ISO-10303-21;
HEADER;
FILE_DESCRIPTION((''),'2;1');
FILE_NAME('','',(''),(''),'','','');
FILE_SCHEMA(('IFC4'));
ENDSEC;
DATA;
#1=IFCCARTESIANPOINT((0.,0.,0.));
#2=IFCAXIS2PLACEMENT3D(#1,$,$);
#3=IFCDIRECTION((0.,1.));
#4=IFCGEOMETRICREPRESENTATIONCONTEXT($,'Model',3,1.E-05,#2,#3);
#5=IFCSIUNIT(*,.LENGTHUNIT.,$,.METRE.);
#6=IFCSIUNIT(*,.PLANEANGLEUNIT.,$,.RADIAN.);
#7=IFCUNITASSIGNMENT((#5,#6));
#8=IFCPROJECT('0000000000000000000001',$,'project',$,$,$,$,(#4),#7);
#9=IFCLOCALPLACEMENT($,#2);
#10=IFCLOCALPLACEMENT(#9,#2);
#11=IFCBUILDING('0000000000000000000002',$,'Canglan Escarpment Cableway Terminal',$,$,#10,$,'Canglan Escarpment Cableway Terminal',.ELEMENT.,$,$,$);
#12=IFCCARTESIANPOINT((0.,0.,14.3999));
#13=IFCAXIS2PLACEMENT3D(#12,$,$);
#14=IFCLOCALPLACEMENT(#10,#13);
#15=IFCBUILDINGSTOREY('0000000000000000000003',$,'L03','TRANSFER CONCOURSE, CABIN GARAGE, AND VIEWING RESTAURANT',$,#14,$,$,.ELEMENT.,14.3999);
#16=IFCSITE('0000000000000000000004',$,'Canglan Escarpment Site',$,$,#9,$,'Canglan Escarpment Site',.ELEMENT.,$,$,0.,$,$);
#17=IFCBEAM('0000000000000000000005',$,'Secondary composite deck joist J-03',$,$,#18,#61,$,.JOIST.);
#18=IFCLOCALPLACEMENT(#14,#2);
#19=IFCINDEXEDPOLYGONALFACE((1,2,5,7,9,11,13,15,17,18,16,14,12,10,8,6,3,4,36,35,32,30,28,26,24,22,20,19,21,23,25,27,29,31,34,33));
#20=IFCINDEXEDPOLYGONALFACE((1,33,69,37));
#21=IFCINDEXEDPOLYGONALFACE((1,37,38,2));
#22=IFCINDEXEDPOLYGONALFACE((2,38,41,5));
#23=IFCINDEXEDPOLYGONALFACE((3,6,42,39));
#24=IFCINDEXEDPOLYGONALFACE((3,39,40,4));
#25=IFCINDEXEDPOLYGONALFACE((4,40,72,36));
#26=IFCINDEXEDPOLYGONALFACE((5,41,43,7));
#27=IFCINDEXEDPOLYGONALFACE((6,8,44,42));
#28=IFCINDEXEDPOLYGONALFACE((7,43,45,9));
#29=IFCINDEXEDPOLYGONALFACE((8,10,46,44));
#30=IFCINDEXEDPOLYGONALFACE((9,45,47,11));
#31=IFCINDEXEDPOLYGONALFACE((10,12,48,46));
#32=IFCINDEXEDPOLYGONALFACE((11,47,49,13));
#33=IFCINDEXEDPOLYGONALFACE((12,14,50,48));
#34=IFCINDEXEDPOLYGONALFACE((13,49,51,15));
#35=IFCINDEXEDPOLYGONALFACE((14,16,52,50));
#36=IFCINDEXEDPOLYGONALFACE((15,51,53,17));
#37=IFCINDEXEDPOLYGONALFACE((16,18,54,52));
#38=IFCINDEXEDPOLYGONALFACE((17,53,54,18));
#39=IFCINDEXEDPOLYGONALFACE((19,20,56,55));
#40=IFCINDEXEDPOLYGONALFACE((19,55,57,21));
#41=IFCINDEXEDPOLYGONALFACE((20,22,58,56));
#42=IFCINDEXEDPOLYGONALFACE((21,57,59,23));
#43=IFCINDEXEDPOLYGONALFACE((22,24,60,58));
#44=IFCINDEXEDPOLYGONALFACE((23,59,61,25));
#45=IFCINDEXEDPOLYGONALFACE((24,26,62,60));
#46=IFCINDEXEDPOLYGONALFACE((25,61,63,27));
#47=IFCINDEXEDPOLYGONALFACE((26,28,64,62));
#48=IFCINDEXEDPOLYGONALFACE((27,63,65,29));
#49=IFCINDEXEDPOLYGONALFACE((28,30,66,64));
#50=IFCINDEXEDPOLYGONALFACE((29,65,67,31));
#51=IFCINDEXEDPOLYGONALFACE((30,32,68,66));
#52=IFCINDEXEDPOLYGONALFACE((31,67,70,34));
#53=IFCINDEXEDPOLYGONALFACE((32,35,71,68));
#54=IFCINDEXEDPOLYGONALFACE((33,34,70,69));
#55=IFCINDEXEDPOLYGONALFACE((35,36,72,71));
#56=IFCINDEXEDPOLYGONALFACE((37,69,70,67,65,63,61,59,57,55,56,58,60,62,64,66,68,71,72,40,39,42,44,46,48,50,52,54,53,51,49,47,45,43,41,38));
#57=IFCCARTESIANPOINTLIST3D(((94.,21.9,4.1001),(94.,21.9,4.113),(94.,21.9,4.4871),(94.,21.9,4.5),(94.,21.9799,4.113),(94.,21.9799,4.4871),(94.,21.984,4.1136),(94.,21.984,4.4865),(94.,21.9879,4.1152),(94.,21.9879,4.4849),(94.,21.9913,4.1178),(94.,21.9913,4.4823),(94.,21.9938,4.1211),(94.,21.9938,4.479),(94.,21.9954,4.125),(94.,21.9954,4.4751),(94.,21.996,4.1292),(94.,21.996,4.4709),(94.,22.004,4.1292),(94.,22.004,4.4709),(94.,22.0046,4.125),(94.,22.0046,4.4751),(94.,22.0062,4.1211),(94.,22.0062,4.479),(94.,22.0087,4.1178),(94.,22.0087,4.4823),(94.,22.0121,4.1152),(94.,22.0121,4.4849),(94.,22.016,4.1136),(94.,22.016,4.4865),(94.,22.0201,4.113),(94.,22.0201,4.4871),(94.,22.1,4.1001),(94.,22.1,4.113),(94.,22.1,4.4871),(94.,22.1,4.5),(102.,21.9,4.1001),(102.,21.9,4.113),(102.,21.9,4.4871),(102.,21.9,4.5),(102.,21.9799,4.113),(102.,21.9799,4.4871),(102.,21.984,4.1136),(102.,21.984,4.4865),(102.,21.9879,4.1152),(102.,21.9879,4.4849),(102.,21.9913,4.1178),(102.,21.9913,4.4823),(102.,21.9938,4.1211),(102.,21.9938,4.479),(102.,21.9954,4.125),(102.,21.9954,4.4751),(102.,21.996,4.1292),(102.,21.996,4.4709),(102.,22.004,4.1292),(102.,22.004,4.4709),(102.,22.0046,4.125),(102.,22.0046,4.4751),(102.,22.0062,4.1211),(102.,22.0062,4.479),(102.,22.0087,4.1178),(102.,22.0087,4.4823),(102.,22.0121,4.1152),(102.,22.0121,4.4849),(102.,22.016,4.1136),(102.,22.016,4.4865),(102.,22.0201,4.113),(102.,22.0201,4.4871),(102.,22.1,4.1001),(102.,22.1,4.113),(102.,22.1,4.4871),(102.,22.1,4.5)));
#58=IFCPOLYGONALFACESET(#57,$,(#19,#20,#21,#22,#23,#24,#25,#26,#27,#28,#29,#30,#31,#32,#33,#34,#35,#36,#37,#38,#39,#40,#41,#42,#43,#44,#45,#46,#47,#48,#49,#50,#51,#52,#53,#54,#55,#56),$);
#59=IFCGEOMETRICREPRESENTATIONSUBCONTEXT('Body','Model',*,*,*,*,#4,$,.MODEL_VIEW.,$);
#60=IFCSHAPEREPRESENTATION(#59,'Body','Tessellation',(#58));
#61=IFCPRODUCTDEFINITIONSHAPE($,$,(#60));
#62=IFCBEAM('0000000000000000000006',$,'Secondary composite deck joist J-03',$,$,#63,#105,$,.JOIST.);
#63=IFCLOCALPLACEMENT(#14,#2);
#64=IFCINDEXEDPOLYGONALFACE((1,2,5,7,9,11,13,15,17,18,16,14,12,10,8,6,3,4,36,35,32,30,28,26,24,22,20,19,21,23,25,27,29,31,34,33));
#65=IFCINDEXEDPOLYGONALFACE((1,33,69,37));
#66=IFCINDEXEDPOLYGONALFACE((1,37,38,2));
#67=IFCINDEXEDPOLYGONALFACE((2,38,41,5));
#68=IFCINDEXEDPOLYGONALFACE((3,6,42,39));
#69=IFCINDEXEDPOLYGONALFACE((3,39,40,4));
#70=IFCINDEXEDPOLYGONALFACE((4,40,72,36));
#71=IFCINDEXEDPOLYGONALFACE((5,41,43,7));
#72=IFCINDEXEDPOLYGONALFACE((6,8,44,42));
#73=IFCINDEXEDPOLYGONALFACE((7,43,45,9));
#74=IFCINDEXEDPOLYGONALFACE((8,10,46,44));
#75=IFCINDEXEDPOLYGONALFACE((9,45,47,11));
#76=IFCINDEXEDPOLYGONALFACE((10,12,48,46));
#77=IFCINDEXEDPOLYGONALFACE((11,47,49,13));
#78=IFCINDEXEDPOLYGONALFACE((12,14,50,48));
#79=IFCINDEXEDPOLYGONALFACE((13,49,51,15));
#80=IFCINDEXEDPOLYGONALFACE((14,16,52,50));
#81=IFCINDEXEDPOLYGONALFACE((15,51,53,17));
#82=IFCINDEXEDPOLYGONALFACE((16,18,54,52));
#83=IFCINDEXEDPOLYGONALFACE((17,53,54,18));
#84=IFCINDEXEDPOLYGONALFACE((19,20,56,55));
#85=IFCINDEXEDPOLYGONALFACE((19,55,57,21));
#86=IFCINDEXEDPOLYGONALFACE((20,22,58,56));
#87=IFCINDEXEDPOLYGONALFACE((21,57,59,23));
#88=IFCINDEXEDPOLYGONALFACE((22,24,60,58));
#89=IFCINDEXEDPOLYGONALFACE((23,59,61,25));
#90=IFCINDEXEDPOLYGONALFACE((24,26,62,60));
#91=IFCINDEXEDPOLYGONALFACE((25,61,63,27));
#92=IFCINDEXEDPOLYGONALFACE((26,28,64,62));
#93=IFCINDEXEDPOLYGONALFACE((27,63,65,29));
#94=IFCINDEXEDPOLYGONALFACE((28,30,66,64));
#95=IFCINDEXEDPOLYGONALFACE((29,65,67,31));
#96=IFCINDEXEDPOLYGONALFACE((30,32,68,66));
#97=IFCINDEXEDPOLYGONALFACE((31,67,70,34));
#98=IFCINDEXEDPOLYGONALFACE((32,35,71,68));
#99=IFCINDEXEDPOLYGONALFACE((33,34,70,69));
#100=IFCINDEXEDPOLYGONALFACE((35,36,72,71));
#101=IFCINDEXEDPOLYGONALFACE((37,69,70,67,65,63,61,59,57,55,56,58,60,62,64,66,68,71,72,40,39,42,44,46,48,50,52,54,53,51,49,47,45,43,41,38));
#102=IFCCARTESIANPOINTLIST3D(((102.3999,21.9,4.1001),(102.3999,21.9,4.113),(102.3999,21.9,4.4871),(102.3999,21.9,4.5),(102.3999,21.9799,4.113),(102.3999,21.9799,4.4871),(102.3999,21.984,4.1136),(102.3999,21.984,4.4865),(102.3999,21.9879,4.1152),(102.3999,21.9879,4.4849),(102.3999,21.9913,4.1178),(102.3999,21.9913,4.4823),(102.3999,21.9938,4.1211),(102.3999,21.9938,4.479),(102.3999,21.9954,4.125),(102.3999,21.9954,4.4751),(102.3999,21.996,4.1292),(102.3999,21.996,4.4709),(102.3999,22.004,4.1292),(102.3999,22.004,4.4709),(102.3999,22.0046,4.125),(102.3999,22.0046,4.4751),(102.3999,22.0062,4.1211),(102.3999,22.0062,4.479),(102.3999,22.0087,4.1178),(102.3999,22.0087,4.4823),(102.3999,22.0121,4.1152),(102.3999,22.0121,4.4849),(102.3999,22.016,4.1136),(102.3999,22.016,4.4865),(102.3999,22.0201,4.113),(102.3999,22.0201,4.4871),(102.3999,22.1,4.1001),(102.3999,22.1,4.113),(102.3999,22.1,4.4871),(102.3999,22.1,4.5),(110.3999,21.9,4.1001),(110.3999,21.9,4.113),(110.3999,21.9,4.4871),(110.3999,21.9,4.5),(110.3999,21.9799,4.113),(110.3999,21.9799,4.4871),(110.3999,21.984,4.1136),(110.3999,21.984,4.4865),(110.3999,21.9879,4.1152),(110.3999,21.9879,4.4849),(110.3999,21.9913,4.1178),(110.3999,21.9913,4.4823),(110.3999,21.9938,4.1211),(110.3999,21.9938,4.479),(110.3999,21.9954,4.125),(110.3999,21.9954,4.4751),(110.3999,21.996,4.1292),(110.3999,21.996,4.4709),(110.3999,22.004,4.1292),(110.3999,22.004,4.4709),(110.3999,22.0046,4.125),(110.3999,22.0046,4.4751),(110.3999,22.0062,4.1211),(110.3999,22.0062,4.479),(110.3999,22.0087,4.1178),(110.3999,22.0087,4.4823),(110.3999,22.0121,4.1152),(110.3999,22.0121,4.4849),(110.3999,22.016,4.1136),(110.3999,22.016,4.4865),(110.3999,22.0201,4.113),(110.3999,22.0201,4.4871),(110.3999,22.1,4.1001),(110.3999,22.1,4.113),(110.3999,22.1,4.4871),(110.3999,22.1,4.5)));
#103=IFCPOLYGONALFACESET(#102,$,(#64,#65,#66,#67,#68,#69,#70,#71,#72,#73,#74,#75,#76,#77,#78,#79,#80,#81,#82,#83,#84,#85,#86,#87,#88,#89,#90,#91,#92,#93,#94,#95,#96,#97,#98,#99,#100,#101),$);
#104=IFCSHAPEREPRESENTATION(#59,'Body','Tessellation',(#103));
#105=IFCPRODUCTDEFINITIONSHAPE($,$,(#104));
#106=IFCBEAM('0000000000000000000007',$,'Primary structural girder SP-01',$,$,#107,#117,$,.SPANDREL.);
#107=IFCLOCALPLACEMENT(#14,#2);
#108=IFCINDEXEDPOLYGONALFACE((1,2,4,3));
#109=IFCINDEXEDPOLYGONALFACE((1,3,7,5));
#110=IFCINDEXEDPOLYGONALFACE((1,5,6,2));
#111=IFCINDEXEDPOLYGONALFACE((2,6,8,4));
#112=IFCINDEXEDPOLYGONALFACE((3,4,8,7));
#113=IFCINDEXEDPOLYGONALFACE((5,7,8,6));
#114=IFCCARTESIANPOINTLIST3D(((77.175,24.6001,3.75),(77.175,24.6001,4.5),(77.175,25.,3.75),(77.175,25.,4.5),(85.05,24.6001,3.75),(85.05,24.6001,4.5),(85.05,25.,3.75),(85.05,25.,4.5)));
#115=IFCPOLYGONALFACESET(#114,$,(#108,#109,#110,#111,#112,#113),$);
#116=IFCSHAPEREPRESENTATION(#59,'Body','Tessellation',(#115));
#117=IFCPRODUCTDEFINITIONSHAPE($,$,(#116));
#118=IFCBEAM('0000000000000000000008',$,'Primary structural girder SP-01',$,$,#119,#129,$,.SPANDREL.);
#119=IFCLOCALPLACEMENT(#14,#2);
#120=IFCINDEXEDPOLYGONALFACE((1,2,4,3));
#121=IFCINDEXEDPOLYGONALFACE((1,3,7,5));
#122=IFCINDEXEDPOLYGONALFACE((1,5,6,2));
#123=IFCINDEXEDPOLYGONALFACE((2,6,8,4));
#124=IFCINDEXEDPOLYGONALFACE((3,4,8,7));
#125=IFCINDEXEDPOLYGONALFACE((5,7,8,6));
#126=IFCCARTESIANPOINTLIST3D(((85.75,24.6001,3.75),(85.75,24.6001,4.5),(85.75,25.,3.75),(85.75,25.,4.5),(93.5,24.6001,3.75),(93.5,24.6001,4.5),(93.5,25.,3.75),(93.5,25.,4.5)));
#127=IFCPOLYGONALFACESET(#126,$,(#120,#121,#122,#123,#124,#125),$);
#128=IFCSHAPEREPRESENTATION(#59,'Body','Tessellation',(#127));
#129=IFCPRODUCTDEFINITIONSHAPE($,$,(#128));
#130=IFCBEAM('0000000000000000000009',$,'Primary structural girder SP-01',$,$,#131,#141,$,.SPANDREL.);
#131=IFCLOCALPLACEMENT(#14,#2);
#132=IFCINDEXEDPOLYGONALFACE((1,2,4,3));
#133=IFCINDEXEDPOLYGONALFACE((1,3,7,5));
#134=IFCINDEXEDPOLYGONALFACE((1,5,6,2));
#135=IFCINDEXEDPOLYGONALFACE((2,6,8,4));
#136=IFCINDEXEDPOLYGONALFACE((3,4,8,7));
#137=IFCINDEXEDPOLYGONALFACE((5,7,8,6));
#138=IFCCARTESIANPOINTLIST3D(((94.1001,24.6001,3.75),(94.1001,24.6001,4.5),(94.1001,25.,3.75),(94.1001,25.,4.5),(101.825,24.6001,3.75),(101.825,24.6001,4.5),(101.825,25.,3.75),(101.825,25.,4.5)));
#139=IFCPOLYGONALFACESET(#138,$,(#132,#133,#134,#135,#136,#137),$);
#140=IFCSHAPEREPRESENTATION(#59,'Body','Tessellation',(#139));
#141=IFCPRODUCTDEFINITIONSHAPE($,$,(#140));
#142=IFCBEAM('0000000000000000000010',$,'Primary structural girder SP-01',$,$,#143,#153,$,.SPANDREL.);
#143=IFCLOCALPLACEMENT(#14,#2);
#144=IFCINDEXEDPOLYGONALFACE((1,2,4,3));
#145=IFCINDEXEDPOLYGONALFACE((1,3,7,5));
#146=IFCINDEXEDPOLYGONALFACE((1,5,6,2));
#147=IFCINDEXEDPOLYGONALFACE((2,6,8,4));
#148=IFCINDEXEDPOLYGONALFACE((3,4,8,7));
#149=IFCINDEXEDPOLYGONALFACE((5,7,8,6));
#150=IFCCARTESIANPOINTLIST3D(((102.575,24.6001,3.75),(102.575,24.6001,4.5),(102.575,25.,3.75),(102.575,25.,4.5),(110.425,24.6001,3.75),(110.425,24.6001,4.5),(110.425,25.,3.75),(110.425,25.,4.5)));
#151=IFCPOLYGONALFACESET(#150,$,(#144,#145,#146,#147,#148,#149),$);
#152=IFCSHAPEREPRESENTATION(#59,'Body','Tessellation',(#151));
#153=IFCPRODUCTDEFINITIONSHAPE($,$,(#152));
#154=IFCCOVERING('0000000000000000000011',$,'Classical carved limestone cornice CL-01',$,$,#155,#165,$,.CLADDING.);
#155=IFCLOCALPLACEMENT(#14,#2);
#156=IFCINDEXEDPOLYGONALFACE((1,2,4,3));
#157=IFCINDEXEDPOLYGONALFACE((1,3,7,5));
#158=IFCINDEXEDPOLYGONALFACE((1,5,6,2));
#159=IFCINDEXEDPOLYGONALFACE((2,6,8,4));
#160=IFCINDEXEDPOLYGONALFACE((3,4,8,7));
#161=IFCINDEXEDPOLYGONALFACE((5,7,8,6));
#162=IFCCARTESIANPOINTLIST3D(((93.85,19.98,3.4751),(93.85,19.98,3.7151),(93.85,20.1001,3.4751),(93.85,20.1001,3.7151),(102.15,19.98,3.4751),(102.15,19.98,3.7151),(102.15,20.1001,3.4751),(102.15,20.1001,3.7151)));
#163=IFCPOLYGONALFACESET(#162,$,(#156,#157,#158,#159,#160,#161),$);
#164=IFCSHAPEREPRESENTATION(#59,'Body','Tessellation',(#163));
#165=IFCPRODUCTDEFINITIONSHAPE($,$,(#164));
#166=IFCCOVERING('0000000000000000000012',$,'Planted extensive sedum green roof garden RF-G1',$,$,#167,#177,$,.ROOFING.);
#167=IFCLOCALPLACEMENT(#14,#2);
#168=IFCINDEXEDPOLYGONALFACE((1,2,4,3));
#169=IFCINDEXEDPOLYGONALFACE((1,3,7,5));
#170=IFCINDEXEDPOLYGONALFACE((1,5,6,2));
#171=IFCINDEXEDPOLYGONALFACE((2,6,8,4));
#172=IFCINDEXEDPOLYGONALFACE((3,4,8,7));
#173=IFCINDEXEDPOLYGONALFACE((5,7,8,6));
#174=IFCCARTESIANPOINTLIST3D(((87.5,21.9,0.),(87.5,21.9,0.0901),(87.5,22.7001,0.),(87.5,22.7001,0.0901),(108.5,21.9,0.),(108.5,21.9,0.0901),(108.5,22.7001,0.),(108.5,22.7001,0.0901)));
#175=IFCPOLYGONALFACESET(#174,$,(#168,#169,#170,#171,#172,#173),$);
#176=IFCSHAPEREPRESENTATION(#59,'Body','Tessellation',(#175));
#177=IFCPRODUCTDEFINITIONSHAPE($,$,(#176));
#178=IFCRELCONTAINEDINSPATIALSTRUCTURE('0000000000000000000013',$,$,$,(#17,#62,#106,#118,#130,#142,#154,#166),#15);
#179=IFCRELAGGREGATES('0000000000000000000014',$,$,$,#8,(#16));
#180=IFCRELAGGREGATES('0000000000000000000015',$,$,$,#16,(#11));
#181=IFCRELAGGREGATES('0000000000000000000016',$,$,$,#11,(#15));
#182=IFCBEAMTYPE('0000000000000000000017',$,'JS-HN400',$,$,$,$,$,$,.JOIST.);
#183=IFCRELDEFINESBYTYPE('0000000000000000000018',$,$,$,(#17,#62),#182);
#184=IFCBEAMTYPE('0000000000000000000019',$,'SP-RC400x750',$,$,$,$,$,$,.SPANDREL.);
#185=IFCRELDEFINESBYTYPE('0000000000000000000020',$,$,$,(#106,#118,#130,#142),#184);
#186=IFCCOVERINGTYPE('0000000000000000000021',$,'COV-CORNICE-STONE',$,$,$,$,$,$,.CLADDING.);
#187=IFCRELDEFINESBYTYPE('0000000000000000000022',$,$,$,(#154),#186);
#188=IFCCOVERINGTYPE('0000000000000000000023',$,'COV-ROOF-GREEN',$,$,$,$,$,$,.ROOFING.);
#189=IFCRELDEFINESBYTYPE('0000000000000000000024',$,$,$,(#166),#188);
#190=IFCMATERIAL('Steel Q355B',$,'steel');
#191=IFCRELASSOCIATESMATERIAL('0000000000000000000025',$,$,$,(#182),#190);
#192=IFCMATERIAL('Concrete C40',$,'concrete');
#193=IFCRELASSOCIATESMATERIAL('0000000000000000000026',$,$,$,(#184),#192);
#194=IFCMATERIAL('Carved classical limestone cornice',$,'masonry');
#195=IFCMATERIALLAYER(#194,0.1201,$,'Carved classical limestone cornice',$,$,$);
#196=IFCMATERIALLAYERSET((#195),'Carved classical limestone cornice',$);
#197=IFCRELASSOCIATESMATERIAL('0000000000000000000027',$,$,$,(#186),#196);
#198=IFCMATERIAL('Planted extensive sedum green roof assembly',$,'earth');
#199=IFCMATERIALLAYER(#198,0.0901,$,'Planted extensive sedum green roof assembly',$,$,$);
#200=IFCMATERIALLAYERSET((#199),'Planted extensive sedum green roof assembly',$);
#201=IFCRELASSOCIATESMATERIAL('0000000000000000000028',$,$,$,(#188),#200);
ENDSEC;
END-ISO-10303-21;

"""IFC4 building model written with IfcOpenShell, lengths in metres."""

from ifc_helpers import new_model, si_unit, direction, frame, origin, origin_2d, place, context, subcontext, project, spatial, rectangle, i_section, extrude, material, layer, layer_set, material_profile, profile_set, type_object, element, save


model = new_model("IFC4")

# Units and contexts
model_context = context("Model", 3, precision=1e-05, world=origin(), true_north=direction((0.0, 1.0)))
body_context = subcontext(model_context, "Body", "Model", "MODEL_VIEW")
ifc_project = project(units=[si_unit("LENGTHUNIT", "METRE"), si_unit("PLANEANGLEUNIT", "RADIAN")], contexts=[model_context])

# Site, building, storey
site_placement = place(None, origin())
site = spatial("IfcSite", under=ifc_project, at=site_placement, Name="Canglan Escarpment Site", LongName="Canglan Escarpment Site", CompositionType="ELEMENT", RefElevation=0.0)
building_placement = place(site_placement, origin())
building = spatial("IfcBuilding", under=site, at=building_placement, Name="Canglan Escarpment Cableway Terminal", LongName="Canglan Escarpment Cableway Terminal", CompositionType="ELEMENT")
storey_placement = place(building_placement, frame((0.0, 0.0, 14.3999)))
storey = spatial("IfcBuildingStorey", under=building, at=storey_placement, Name="L03", Description="TRANSFER CONCOURSE, CABIN GARAGE, AND VIEWING RESTAURANT", CompositionType="ELEMENT", Elevation=14.3999)

# Shared definitions
ifc_material_1 = material(Name="Concrete C40", Category="concrete")

# Beams
ifc_material_2 = material(Name="Steel Q355B", Category="steel")
ifc_material_profile_1 = material_profile(ifc_material_2, i_section(OverallWidth=0.2, OverallDepth=0.3999, WebThickness=0.0081, FlangeThickness=0.0129, FilletRadius=0.0161, at=origin_2d()), Name="HN 400x200x8x13")
ifc_profile_set_1 = profile_set([ifc_material_profile_1], Name="Steel Q355B")
beam_type_1 = type_object("IfcBeamType", Name="JS-HN400", PredefinedType="JOIST", material=ifc_profile_set_1)
for number, where, z_axis, x_axis, name in (
    (1, (94.0, 22.0, 4.3), (1.0, 0.0, 0.0), (0.0, 1.0, 0.0), "Secondary composite deck joist J-03"),
    (2, (102.3999, 22.0, 4.3), (1.0, 0.0, 0.0), (0.0, 1.0, 0.0), "Secondary composite deck joist J-03"),
):
    element("IfcBeam", number, at=place(storey_placement, frame(where, z_axis=z_axis, x_axis=x_axis)), inside=storey, type_object=beam_type_1, Name=name, PredefinedType="JOIST", context=body_context, shape_type="SweptSolid", body=[
        extrude(i_section(OverallWidth=0.2, OverallDepth=0.3999, WebThickness=0.0081, FlangeThickness=0.0129, FilletRadius=0.0161, at=origin_2d()), origin(), (0.0, 0.0, 1.0), 8.0),
    ])
ifc_material_profile_2 = material_profile(ifc_material_1, rectangle(XDim=0.3999, YDim=0.75, at=origin_2d()), Name="RC 400x750")
ifc_profile_set_2 = profile_set([ifc_material_profile_2], Name="Concrete C40")
beam_type_2 = type_object("IfcBeamType", Name="SP-RC400x750", PredefinedType="SPANDREL", material=ifc_profile_set_2)
beam_1_placement = place(storey_placement, frame((77.175, 24.8, 4.125), z_axis=(1.0, 0.0, 0.0), x_axis=(0.0, 1.0, 0.0)))
element("IfcBeam", 3, at=beam_1_placement, inside=storey, type_object=beam_type_2, Name="Primary structural girder SP-01", PredefinedType="SPANDREL", context=body_context, shape_type="SweptSolid", body=[
    extrude(rectangle(XDim=0.3999, YDim=0.75, at=origin_2d()), origin(), (0.0, 0.0, 1.0), 7.875),
])
beam_2_placement = place(storey_placement, frame((85.75, 24.8, 4.125), z_axis=(1.0, 0.0, 0.0), x_axis=(0.0, 1.0, 0.0)))
element("IfcBeam", 4, at=beam_2_placement, inside=storey, type_object=beam_type_2, Name="Primary structural girder SP-01", PredefinedType="SPANDREL", context=body_context, shape_type="SweptSolid", body=[
    extrude(rectangle(XDim=0.3999, YDim=0.75, at=origin_2d()), origin(), (0.0, 0.0, 1.0), 7.75),
])
beam_3_placement = place(storey_placement, frame((94.1001, 24.8, 4.125), z_axis=(1.0, 0.0, 0.0), x_axis=(0.0, 1.0, 0.0)))
element("IfcBeam", 5, at=beam_3_placement, inside=storey, type_object=beam_type_2, Name="Primary structural girder SP-01", PredefinedType="SPANDREL", context=body_context, shape_type="SweptSolid", body=[
    extrude(rectangle(XDim=0.3999, YDim=0.75, at=origin_2d()), origin(), (0.0, 0.0, 1.0), 7.7249),
])
beam_4_placement = place(storey_placement, frame((102.575, 24.8, 4.125), z_axis=(1.0, 0.0, 0.0), x_axis=(0.0, 1.0, 0.0)))
element("IfcBeam", 6, at=beam_4_placement, inside=storey, type_object=beam_type_2, Name="Primary structural girder SP-01", PredefinedType="SPANDREL", context=body_context, shape_type="SweptSolid", body=[
    extrude(rectangle(XDim=0.3999, YDim=0.75, at=origin_2d()), origin(), (0.0, 0.0, 1.0), 7.8501),
])

# Coverings
ifc_material_3 = material(Name="Carved classical limestone cornice", Category="masonry")
ifc_layer_1 = layer(ifc_material_3, 0.1201, Name="Carved classical limestone cornice")
ifc_layer_set_1 = layer_set([ifc_layer_1], Name="Carved classical limestone cornice")
covering_type_1 = type_object("IfcCoveringType", Name="COV-CORNICE-STONE", PredefinedType="CLADDING", material=ifc_layer_set_1)
covering_1_placement = place(storey_placement, frame((98.0, 20.04, 3.4751), z_axis=(0.0, 0.0, 1.0), x_axis=(-1.0, 0.0, 0.0)))
element("IfcCovering", 7, at=covering_1_placement, inside=storey, type_object=covering_type_1, Name="Classical carved limestone cornice CL-01", PredefinedType="CLADDING", context=body_context, shape_type="SweptSolid", body=[
    extrude(rectangle(XDim=8.3, YDim=0.1201, at=origin_2d()), origin(), (0.0, 0.0, 1.0), 0.24),
])
ifc_material_4 = material(Name="Planted extensive sedum green roof assembly", Category="earth")
ifc_layer_2 = layer(ifc_material_4, 0.0901, Name="Planted extensive sedum green roof assembly")
ifc_layer_set_2 = layer_set([ifc_layer_2], Name="Planted extensive sedum green roof assembly")
covering_type_2 = type_object("IfcCoveringType", Name="COV-ROOF-GREEN", PredefinedType="ROOFING", material=ifc_layer_set_2)
covering_2_placement = place(storey_placement, frame((98.0, 22.3, 0.0), z_axis=(0.0, 0.0, 1.0), x_axis=(1.0, 0.0, 0.0)))
element("IfcCovering", 8, at=covering_2_placement, inside=storey, type_object=covering_type_2, Name="Planted extensive sedum green roof garden RF-G1", PredefinedType="ROOFING", context=body_context, shape_type="SweptSolid", body=[
    extrude(rectangle(XDim=21.0, YDim=0.8, at=origin_2d()), origin(), (0.0, 0.0, 1.0), 0.0901),
])

save(model, "model.ifc")
